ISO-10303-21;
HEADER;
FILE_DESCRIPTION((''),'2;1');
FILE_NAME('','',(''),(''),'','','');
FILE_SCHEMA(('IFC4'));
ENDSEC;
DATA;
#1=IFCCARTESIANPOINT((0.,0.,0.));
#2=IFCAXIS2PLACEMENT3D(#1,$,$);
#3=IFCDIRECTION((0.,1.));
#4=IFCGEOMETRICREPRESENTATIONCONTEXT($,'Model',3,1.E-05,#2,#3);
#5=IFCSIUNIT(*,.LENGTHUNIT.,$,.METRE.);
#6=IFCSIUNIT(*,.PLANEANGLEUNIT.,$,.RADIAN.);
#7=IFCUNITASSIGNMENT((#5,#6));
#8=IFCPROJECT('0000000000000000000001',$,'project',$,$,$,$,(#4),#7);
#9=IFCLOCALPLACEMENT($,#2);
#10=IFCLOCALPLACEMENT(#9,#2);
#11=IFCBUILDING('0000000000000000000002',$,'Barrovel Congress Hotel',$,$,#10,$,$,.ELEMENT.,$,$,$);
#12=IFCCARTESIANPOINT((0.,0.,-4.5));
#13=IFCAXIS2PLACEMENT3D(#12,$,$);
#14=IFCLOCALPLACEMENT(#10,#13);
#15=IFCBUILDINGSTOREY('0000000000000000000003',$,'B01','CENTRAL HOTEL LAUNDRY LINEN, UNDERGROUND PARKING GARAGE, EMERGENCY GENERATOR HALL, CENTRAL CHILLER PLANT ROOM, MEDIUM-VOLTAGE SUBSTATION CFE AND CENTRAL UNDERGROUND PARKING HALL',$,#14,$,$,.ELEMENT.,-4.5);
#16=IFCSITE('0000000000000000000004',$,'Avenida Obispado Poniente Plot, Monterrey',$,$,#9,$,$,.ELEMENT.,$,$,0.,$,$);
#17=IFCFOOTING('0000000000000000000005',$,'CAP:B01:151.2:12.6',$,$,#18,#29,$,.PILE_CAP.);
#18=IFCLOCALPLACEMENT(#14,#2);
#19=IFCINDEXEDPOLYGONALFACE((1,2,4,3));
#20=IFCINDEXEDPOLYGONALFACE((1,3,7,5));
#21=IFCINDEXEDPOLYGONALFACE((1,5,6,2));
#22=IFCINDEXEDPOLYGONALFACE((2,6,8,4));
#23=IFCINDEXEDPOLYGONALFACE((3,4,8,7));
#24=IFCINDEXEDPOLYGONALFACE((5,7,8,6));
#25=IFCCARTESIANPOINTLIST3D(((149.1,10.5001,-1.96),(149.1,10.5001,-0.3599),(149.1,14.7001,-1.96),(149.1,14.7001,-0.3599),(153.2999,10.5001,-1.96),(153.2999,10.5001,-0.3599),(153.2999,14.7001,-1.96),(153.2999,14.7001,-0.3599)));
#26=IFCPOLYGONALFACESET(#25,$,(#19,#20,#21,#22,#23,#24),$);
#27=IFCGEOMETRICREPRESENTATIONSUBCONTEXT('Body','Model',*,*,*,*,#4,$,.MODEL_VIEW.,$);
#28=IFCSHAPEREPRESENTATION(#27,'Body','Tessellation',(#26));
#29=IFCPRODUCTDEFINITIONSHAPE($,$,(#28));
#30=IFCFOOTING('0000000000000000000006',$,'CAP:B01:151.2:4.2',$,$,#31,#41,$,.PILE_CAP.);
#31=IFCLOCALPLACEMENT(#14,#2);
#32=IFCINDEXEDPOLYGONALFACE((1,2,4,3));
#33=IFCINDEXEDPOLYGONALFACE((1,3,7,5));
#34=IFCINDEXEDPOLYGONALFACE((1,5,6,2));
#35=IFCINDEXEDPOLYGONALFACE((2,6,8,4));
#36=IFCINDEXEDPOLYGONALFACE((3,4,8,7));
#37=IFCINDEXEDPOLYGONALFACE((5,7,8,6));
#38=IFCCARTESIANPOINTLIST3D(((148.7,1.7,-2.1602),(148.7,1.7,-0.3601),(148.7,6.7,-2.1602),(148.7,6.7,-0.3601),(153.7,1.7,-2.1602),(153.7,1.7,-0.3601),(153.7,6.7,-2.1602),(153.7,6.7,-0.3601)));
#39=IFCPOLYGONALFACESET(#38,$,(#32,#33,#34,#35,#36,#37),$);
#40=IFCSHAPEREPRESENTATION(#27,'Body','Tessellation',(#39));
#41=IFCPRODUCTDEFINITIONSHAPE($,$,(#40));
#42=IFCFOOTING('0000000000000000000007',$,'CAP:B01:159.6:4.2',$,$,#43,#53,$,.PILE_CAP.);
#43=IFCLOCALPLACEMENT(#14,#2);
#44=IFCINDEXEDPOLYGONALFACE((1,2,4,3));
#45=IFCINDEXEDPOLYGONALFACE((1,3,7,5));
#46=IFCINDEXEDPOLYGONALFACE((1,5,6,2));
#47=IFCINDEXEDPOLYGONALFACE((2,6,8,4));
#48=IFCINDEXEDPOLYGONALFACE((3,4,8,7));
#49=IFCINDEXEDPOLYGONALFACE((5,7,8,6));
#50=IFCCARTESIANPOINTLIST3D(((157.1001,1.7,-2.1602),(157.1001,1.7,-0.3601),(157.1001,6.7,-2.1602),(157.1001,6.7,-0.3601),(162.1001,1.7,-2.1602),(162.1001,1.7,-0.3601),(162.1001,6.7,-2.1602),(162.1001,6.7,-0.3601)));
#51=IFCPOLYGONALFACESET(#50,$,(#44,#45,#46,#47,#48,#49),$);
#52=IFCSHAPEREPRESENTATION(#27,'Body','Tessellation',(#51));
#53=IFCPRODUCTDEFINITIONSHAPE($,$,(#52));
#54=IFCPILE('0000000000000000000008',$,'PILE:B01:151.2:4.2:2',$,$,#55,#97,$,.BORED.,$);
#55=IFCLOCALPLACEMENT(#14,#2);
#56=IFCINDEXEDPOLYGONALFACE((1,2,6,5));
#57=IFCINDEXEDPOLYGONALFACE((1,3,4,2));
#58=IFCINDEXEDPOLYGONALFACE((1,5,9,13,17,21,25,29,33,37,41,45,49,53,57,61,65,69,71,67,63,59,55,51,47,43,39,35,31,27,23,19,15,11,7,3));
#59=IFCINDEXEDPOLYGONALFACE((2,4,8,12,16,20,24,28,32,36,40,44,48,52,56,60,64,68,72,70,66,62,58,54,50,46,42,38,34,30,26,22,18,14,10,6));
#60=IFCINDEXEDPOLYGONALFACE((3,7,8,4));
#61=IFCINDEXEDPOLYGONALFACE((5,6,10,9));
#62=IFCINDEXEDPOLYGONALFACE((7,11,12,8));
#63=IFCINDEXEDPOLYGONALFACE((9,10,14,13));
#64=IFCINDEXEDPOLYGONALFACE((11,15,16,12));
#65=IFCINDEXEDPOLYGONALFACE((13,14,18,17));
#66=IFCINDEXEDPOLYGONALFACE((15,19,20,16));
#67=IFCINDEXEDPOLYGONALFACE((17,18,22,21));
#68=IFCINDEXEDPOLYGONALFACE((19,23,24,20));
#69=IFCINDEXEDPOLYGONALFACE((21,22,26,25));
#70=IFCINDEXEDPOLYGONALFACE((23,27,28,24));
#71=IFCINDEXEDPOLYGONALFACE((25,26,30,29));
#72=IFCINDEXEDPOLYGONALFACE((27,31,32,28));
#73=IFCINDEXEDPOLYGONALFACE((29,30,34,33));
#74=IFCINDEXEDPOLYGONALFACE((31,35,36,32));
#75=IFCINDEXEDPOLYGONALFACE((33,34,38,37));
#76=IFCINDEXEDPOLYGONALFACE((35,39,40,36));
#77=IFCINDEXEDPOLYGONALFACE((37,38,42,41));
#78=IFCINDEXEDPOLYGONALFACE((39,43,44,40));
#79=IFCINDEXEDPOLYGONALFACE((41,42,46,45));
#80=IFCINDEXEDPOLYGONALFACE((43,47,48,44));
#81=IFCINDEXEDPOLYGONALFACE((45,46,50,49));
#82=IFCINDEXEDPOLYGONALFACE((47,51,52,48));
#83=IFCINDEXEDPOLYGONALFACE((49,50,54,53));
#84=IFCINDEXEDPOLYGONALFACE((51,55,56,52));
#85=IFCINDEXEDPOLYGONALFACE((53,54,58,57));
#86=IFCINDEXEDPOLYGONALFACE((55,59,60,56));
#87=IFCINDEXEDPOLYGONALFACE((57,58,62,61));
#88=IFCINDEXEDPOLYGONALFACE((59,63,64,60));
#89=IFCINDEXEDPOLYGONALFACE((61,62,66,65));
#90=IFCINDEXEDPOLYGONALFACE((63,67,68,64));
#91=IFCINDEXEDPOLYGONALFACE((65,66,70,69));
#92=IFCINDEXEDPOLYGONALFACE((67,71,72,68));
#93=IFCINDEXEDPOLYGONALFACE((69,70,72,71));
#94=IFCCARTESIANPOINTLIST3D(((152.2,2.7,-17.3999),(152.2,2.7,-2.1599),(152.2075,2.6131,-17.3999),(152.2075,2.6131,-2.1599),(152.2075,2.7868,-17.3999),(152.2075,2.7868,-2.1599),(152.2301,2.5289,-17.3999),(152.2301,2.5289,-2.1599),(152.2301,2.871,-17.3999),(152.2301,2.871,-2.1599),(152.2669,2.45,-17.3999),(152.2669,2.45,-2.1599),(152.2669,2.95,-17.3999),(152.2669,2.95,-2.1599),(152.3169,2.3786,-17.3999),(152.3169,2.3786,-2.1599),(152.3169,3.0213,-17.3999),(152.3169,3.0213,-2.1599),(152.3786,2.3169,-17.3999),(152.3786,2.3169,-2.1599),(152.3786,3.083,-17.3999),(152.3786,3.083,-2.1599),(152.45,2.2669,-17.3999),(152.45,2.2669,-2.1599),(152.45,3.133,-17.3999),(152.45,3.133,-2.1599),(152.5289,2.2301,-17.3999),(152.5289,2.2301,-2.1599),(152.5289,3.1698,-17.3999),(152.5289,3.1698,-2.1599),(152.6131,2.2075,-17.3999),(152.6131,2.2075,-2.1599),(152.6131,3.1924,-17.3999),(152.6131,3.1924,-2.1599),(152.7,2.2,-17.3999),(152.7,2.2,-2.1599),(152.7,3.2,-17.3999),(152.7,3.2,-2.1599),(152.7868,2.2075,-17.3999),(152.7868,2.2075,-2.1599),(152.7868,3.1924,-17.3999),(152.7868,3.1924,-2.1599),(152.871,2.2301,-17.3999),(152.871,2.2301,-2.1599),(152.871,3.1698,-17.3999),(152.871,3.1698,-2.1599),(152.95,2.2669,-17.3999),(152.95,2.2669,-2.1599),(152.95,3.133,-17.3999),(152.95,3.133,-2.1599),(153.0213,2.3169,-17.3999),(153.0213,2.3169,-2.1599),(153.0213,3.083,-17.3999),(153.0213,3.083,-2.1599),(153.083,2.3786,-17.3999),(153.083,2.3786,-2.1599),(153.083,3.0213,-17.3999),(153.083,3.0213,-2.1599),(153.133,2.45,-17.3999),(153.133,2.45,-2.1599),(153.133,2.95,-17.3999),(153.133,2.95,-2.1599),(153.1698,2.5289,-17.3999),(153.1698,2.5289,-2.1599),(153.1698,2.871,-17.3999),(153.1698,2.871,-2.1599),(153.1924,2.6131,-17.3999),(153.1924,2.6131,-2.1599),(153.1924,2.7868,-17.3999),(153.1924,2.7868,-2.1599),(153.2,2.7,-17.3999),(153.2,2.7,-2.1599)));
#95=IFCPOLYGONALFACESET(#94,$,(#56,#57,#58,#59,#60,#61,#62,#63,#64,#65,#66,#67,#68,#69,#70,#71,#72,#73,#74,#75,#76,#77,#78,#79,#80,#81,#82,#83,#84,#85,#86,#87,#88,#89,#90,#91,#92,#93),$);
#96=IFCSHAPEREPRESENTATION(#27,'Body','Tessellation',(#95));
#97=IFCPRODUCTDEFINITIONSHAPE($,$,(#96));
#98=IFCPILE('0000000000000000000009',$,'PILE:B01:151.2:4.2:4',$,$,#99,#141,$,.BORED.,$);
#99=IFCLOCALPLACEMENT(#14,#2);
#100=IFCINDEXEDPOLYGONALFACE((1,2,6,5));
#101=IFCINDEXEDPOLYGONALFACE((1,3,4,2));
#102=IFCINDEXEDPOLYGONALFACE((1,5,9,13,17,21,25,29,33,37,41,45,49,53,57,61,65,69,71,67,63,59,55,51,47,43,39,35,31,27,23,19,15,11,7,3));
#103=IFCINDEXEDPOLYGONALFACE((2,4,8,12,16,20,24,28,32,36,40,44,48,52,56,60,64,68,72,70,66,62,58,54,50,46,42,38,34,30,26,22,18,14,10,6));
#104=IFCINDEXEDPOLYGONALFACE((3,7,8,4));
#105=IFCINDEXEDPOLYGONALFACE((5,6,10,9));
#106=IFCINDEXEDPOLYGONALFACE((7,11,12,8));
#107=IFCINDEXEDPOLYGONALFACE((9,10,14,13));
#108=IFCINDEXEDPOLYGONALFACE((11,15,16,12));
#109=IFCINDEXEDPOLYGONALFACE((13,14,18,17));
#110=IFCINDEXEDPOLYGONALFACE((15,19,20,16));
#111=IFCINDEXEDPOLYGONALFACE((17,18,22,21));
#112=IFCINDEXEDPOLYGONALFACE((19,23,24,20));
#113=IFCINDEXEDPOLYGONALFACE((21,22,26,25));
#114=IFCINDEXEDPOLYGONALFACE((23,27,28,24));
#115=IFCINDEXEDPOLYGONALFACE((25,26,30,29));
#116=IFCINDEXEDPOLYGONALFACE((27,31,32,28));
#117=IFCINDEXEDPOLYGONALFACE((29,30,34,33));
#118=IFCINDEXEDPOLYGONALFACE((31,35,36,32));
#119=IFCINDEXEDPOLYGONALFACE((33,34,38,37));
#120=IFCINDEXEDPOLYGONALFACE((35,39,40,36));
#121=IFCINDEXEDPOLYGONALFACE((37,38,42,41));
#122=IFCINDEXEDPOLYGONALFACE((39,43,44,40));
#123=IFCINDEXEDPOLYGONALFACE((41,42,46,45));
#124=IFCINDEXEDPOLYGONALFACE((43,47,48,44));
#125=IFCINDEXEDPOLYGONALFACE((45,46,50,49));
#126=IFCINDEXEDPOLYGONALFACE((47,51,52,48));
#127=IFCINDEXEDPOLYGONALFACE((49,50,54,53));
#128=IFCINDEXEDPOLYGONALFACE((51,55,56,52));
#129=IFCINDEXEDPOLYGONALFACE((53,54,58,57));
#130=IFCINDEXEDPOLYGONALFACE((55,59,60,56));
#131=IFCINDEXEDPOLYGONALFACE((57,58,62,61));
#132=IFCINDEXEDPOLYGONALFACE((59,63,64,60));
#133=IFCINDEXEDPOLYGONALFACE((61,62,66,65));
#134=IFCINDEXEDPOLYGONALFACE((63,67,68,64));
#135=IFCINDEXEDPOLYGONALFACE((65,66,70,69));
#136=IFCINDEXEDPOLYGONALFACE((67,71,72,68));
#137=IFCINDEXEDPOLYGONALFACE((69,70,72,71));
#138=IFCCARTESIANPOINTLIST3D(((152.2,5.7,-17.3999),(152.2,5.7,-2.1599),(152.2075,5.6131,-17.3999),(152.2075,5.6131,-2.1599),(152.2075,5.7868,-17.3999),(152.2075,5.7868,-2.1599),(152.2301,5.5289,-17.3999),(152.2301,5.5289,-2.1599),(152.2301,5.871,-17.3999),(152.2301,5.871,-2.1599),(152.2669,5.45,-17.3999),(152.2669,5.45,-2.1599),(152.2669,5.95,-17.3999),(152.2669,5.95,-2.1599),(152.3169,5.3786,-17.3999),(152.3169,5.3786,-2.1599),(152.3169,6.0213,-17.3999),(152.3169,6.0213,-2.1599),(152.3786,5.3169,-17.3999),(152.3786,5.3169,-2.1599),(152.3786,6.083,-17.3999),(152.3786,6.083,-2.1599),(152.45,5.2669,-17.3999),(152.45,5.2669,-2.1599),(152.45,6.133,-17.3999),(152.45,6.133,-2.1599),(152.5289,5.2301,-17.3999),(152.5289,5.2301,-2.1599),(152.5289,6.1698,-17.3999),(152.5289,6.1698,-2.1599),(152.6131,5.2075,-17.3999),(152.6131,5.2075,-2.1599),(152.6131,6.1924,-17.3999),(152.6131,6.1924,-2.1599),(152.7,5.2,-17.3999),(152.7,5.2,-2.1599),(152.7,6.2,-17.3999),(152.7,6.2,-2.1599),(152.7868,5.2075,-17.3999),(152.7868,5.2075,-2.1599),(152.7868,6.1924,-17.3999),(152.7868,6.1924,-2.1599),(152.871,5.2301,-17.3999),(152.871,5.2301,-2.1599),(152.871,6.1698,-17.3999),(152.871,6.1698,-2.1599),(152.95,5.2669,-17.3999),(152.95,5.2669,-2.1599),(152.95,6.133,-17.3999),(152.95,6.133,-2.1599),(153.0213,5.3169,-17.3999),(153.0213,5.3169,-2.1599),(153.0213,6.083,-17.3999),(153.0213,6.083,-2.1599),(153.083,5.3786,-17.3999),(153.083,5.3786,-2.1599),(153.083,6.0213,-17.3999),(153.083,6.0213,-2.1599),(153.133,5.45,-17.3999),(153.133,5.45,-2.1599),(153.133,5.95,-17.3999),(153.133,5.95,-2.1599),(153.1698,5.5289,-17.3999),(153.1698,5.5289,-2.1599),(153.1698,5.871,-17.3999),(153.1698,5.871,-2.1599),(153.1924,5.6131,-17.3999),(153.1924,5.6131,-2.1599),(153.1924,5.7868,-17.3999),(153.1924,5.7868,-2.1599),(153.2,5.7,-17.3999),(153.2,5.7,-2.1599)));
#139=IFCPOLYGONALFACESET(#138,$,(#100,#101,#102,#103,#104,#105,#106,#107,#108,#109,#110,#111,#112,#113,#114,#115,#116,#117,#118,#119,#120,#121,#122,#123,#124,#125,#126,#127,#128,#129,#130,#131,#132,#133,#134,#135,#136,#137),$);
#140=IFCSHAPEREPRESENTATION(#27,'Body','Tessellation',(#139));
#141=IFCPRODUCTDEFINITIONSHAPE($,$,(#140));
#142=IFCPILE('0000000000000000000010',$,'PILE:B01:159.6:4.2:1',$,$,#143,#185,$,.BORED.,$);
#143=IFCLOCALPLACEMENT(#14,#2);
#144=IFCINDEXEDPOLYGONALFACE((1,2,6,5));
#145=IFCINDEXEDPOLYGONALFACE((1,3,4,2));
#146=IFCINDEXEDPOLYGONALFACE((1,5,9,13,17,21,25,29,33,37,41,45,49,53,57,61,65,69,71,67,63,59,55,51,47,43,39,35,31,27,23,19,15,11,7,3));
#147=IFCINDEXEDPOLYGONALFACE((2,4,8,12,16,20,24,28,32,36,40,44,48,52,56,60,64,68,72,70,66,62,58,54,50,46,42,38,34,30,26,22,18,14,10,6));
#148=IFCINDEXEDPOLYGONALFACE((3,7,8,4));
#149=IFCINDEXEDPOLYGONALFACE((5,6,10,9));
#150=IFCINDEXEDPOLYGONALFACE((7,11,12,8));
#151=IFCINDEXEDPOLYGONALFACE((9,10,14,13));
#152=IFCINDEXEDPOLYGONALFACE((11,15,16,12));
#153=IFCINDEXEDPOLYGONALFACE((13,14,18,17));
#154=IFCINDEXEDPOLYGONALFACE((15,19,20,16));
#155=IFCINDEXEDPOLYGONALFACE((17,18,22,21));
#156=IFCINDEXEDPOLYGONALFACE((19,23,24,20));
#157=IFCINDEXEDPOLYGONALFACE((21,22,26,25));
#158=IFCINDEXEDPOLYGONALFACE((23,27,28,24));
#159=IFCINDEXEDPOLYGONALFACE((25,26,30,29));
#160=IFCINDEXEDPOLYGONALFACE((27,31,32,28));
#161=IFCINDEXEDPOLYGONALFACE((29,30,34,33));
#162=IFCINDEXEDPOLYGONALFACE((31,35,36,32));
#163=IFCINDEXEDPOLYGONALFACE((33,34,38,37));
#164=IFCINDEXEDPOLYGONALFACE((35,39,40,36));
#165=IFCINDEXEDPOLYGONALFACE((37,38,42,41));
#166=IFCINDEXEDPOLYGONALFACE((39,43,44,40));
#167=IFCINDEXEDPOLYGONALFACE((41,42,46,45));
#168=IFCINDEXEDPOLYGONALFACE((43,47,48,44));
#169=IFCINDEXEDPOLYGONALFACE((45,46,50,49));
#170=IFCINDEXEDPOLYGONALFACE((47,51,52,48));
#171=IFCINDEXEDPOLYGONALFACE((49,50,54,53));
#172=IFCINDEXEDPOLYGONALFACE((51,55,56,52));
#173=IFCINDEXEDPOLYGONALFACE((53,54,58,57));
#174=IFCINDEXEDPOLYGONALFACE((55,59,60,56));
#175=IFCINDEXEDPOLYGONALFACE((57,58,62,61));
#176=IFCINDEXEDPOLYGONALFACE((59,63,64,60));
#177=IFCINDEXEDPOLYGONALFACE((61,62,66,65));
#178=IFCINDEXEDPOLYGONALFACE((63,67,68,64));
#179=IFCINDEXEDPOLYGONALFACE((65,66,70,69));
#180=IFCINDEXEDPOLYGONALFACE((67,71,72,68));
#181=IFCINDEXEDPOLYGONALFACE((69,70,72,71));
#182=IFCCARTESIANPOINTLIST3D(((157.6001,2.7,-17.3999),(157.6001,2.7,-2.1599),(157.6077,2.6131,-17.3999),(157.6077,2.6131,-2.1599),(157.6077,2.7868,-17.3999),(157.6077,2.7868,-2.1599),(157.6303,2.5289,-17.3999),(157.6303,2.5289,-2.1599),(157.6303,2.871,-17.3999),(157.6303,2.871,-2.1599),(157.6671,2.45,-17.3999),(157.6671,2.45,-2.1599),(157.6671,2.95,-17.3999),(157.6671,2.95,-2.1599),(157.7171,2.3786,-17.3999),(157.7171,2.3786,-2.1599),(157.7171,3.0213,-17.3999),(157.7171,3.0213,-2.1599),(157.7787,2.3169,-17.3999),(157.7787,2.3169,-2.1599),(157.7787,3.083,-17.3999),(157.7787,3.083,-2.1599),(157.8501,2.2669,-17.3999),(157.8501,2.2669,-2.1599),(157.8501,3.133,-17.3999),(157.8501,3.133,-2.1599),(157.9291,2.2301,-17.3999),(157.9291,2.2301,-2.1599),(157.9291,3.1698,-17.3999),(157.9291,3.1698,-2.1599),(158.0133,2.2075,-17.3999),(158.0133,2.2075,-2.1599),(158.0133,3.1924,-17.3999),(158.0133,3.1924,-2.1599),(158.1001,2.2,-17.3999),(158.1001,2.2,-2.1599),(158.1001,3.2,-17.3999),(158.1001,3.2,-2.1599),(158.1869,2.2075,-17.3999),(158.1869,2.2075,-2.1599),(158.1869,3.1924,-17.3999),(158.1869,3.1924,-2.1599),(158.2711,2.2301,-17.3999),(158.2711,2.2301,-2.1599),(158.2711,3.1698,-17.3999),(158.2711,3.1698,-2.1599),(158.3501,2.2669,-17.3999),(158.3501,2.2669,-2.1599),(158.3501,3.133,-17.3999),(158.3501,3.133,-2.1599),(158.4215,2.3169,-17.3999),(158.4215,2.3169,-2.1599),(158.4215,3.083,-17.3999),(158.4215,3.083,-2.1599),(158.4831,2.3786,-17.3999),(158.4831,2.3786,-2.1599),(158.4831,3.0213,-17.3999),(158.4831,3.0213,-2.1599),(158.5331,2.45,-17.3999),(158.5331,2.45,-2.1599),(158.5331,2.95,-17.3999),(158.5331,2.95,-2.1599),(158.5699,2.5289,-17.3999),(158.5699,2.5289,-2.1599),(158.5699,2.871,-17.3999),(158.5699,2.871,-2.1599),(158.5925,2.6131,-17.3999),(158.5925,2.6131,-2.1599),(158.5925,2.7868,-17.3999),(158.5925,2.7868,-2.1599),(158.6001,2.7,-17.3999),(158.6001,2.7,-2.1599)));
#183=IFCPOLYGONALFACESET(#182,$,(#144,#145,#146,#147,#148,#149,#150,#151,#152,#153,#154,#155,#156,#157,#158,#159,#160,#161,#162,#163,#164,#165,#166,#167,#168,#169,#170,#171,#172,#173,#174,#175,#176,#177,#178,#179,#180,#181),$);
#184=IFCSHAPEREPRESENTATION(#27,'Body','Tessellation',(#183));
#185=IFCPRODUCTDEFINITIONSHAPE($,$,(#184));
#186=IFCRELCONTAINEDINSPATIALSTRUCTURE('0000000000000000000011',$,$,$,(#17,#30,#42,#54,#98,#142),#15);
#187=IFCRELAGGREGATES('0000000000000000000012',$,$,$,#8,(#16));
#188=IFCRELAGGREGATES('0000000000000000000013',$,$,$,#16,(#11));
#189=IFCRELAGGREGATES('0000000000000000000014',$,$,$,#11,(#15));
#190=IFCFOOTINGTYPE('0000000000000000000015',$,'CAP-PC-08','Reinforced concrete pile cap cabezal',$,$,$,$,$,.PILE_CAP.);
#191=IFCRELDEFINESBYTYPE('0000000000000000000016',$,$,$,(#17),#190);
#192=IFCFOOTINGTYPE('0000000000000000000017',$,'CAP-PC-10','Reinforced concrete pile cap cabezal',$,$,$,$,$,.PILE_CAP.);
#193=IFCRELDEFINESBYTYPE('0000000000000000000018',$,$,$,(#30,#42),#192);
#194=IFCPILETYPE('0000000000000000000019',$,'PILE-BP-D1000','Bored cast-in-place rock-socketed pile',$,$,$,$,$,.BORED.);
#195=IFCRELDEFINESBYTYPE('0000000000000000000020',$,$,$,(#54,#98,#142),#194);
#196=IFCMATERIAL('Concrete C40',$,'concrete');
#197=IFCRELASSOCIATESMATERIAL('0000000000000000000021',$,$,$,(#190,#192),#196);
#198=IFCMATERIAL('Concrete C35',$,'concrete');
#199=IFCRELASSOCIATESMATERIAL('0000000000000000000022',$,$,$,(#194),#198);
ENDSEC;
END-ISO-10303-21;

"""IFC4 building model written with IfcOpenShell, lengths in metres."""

from ifc_helpers import new_model, si_unit, direction, frame, origin, origin_2d, place, context, subcontext, project, spatial, rectangle, circle, extrude, material, material_profile, profile_set, type_object, element, save


model = new_model("IFC4")

# Units and contexts
model_context = context("Model", 3, precision=1e-05, world=origin(), true_north=direction((0.0, 1.0)))
body_context = subcontext(model_context, "Body", "Model", "MODEL_VIEW")
ifc_project = project(units=[si_unit("LENGTHUNIT", "METRE"), si_unit("PLANEANGLEUNIT", "RADIAN")], contexts=[model_context])

# Site, building, storey
site_placement = place(None, origin())
site = spatial("IfcSite", under=ifc_project, at=site_placement, Name="Avenida Obispado Poniente Plot, Monterrey", CompositionType="ELEMENT", RefElevation=0.0)
building_placement = place(site_placement, origin())
building = spatial("IfcBuilding", under=site, at=building_placement, Name="Barrovel Congress Hotel", CompositionType="ELEMENT")
storey_placement = place(building_placement, frame((0.0, 0.0, -4.5)))
storey = spatial("IfcBuildingStorey", under=building, at=storey_placement, Name="B01", Description="CENTRAL HOTEL LAUNDRY LINEN, UNDERGROUND PARKING GARAGE, EMERGENCY GENERATOR HALL, CENTRAL CHILLER PLANT ROOM, MEDIUM-VOLTAGE SUBSTATION CFE AND CENTRAL UNDERGROUND PARKING HALL", CompositionType="ELEMENT", Elevation=-4.5)

# Footings
ifc_material_1 = material(Name="Concrete C40", Category="concrete")
footing_type_1 = type_object("IfcFootingType", Name="CAP-PC-08", Description="Reinforced concrete pile cap cabezal", PredefinedType="PILE_CAP", material=ifc_material_1)
footing_placement = place(storey_placement, frame((151.2, 12.6001, -1.96), z_axis=(0.0, 0.0, 1.0), x_axis=(1.0, 0.0, 0.0)))
element("IfcFooting", 1, at=footing_placement, inside=storey, type_object=footing_type_1, Name="CAP:B01:151.2:12.6", PredefinedType="PILE_CAP", context=body_context, shape_type="SweptSolid", body=[
    extrude(rectangle(XDim=4.2, YDim=4.2, at=origin_2d()), origin(), (0.0, 0.0, 1.0), 1.6001),
])
footing_type_2 = type_object("IfcFootingType", Name="CAP-PC-10", Description="Reinforced concrete pile cap cabezal", PredefinedType="PILE_CAP", material=ifc_material_1)
for number, where, z_axis, x_axis, name in (
    (2, (151.2, 4.2, -2.1602), (0.0, 0.0, 1.0), (1.0, 0.0, 0.0), "CAP:B01:151.2:4.2"),
    (3, (159.6001, 4.2, -2.1602), (0.0, 0.0, 1.0), (1.0, 0.0, 0.0), "CAP:B01:159.6:4.2"),
):
    element("IfcFooting", number, at=place(storey_placement, frame(where, z_axis=z_axis, x_axis=x_axis)), inside=storey, type_object=footing_type_2, Name=name, PredefinedType="PILE_CAP", context=body_context, shape_type="SweptSolid", body=[
        extrude(rectangle(XDim=5.0, YDim=5.0, at=origin_2d()), origin(), (0.0, 0.0, 1.0), 1.8),
    ])

# Piles
ifc_material_2 = material(Name="Concrete C35", Category="concrete")
ifc_material_profile_1 = material_profile(ifc_material_2, circle(Radius=0.5, at=origin_2d()), Name="BP-D1000")
ifc_profile_set_1 = profile_set([ifc_material_profile_1], Name="Concrete C35")
pile_type_1 = type_object("IfcPileType", Name="PILE-BP-D1000", Description="Bored cast-in-place rock-socketed pile", PredefinedType="BORED", material=ifc_profile_set_1)
for number, where, z_axis, x_axis, name in (
    (4, (152.7, 2.7, -2.1599), (0.0, 0.0, -1.0), (1.0, 0.0, 0.0), "PILE:B01:151.2:4.2:2"),
    (5, (152.7, 5.7, -2.1599), (0.0, 0.0, -1.0), (1.0, 0.0, 0.0), "PILE:B01:151.2:4.2:4"),
    (6, (158.1001, 2.7, -2.1599), (0.0, 0.0, -1.0), (1.0, 0.0, 0.0), "PILE:B01:159.6:4.2:1"),
):
    element("IfcPile", number, at=place(storey_placement, frame(where, z_axis=z_axis, x_axis=x_axis)), inside=storey, type_object=pile_type_1, Name=name, PredefinedType="BORED", context=body_context, shape_type="SweptSolid", body=[
        extrude(circle(Radius=0.5, at=origin_2d()), origin(), (0.0, 0.0, 1.0), 15.24),
    ])

save(model, "model.ifc")
